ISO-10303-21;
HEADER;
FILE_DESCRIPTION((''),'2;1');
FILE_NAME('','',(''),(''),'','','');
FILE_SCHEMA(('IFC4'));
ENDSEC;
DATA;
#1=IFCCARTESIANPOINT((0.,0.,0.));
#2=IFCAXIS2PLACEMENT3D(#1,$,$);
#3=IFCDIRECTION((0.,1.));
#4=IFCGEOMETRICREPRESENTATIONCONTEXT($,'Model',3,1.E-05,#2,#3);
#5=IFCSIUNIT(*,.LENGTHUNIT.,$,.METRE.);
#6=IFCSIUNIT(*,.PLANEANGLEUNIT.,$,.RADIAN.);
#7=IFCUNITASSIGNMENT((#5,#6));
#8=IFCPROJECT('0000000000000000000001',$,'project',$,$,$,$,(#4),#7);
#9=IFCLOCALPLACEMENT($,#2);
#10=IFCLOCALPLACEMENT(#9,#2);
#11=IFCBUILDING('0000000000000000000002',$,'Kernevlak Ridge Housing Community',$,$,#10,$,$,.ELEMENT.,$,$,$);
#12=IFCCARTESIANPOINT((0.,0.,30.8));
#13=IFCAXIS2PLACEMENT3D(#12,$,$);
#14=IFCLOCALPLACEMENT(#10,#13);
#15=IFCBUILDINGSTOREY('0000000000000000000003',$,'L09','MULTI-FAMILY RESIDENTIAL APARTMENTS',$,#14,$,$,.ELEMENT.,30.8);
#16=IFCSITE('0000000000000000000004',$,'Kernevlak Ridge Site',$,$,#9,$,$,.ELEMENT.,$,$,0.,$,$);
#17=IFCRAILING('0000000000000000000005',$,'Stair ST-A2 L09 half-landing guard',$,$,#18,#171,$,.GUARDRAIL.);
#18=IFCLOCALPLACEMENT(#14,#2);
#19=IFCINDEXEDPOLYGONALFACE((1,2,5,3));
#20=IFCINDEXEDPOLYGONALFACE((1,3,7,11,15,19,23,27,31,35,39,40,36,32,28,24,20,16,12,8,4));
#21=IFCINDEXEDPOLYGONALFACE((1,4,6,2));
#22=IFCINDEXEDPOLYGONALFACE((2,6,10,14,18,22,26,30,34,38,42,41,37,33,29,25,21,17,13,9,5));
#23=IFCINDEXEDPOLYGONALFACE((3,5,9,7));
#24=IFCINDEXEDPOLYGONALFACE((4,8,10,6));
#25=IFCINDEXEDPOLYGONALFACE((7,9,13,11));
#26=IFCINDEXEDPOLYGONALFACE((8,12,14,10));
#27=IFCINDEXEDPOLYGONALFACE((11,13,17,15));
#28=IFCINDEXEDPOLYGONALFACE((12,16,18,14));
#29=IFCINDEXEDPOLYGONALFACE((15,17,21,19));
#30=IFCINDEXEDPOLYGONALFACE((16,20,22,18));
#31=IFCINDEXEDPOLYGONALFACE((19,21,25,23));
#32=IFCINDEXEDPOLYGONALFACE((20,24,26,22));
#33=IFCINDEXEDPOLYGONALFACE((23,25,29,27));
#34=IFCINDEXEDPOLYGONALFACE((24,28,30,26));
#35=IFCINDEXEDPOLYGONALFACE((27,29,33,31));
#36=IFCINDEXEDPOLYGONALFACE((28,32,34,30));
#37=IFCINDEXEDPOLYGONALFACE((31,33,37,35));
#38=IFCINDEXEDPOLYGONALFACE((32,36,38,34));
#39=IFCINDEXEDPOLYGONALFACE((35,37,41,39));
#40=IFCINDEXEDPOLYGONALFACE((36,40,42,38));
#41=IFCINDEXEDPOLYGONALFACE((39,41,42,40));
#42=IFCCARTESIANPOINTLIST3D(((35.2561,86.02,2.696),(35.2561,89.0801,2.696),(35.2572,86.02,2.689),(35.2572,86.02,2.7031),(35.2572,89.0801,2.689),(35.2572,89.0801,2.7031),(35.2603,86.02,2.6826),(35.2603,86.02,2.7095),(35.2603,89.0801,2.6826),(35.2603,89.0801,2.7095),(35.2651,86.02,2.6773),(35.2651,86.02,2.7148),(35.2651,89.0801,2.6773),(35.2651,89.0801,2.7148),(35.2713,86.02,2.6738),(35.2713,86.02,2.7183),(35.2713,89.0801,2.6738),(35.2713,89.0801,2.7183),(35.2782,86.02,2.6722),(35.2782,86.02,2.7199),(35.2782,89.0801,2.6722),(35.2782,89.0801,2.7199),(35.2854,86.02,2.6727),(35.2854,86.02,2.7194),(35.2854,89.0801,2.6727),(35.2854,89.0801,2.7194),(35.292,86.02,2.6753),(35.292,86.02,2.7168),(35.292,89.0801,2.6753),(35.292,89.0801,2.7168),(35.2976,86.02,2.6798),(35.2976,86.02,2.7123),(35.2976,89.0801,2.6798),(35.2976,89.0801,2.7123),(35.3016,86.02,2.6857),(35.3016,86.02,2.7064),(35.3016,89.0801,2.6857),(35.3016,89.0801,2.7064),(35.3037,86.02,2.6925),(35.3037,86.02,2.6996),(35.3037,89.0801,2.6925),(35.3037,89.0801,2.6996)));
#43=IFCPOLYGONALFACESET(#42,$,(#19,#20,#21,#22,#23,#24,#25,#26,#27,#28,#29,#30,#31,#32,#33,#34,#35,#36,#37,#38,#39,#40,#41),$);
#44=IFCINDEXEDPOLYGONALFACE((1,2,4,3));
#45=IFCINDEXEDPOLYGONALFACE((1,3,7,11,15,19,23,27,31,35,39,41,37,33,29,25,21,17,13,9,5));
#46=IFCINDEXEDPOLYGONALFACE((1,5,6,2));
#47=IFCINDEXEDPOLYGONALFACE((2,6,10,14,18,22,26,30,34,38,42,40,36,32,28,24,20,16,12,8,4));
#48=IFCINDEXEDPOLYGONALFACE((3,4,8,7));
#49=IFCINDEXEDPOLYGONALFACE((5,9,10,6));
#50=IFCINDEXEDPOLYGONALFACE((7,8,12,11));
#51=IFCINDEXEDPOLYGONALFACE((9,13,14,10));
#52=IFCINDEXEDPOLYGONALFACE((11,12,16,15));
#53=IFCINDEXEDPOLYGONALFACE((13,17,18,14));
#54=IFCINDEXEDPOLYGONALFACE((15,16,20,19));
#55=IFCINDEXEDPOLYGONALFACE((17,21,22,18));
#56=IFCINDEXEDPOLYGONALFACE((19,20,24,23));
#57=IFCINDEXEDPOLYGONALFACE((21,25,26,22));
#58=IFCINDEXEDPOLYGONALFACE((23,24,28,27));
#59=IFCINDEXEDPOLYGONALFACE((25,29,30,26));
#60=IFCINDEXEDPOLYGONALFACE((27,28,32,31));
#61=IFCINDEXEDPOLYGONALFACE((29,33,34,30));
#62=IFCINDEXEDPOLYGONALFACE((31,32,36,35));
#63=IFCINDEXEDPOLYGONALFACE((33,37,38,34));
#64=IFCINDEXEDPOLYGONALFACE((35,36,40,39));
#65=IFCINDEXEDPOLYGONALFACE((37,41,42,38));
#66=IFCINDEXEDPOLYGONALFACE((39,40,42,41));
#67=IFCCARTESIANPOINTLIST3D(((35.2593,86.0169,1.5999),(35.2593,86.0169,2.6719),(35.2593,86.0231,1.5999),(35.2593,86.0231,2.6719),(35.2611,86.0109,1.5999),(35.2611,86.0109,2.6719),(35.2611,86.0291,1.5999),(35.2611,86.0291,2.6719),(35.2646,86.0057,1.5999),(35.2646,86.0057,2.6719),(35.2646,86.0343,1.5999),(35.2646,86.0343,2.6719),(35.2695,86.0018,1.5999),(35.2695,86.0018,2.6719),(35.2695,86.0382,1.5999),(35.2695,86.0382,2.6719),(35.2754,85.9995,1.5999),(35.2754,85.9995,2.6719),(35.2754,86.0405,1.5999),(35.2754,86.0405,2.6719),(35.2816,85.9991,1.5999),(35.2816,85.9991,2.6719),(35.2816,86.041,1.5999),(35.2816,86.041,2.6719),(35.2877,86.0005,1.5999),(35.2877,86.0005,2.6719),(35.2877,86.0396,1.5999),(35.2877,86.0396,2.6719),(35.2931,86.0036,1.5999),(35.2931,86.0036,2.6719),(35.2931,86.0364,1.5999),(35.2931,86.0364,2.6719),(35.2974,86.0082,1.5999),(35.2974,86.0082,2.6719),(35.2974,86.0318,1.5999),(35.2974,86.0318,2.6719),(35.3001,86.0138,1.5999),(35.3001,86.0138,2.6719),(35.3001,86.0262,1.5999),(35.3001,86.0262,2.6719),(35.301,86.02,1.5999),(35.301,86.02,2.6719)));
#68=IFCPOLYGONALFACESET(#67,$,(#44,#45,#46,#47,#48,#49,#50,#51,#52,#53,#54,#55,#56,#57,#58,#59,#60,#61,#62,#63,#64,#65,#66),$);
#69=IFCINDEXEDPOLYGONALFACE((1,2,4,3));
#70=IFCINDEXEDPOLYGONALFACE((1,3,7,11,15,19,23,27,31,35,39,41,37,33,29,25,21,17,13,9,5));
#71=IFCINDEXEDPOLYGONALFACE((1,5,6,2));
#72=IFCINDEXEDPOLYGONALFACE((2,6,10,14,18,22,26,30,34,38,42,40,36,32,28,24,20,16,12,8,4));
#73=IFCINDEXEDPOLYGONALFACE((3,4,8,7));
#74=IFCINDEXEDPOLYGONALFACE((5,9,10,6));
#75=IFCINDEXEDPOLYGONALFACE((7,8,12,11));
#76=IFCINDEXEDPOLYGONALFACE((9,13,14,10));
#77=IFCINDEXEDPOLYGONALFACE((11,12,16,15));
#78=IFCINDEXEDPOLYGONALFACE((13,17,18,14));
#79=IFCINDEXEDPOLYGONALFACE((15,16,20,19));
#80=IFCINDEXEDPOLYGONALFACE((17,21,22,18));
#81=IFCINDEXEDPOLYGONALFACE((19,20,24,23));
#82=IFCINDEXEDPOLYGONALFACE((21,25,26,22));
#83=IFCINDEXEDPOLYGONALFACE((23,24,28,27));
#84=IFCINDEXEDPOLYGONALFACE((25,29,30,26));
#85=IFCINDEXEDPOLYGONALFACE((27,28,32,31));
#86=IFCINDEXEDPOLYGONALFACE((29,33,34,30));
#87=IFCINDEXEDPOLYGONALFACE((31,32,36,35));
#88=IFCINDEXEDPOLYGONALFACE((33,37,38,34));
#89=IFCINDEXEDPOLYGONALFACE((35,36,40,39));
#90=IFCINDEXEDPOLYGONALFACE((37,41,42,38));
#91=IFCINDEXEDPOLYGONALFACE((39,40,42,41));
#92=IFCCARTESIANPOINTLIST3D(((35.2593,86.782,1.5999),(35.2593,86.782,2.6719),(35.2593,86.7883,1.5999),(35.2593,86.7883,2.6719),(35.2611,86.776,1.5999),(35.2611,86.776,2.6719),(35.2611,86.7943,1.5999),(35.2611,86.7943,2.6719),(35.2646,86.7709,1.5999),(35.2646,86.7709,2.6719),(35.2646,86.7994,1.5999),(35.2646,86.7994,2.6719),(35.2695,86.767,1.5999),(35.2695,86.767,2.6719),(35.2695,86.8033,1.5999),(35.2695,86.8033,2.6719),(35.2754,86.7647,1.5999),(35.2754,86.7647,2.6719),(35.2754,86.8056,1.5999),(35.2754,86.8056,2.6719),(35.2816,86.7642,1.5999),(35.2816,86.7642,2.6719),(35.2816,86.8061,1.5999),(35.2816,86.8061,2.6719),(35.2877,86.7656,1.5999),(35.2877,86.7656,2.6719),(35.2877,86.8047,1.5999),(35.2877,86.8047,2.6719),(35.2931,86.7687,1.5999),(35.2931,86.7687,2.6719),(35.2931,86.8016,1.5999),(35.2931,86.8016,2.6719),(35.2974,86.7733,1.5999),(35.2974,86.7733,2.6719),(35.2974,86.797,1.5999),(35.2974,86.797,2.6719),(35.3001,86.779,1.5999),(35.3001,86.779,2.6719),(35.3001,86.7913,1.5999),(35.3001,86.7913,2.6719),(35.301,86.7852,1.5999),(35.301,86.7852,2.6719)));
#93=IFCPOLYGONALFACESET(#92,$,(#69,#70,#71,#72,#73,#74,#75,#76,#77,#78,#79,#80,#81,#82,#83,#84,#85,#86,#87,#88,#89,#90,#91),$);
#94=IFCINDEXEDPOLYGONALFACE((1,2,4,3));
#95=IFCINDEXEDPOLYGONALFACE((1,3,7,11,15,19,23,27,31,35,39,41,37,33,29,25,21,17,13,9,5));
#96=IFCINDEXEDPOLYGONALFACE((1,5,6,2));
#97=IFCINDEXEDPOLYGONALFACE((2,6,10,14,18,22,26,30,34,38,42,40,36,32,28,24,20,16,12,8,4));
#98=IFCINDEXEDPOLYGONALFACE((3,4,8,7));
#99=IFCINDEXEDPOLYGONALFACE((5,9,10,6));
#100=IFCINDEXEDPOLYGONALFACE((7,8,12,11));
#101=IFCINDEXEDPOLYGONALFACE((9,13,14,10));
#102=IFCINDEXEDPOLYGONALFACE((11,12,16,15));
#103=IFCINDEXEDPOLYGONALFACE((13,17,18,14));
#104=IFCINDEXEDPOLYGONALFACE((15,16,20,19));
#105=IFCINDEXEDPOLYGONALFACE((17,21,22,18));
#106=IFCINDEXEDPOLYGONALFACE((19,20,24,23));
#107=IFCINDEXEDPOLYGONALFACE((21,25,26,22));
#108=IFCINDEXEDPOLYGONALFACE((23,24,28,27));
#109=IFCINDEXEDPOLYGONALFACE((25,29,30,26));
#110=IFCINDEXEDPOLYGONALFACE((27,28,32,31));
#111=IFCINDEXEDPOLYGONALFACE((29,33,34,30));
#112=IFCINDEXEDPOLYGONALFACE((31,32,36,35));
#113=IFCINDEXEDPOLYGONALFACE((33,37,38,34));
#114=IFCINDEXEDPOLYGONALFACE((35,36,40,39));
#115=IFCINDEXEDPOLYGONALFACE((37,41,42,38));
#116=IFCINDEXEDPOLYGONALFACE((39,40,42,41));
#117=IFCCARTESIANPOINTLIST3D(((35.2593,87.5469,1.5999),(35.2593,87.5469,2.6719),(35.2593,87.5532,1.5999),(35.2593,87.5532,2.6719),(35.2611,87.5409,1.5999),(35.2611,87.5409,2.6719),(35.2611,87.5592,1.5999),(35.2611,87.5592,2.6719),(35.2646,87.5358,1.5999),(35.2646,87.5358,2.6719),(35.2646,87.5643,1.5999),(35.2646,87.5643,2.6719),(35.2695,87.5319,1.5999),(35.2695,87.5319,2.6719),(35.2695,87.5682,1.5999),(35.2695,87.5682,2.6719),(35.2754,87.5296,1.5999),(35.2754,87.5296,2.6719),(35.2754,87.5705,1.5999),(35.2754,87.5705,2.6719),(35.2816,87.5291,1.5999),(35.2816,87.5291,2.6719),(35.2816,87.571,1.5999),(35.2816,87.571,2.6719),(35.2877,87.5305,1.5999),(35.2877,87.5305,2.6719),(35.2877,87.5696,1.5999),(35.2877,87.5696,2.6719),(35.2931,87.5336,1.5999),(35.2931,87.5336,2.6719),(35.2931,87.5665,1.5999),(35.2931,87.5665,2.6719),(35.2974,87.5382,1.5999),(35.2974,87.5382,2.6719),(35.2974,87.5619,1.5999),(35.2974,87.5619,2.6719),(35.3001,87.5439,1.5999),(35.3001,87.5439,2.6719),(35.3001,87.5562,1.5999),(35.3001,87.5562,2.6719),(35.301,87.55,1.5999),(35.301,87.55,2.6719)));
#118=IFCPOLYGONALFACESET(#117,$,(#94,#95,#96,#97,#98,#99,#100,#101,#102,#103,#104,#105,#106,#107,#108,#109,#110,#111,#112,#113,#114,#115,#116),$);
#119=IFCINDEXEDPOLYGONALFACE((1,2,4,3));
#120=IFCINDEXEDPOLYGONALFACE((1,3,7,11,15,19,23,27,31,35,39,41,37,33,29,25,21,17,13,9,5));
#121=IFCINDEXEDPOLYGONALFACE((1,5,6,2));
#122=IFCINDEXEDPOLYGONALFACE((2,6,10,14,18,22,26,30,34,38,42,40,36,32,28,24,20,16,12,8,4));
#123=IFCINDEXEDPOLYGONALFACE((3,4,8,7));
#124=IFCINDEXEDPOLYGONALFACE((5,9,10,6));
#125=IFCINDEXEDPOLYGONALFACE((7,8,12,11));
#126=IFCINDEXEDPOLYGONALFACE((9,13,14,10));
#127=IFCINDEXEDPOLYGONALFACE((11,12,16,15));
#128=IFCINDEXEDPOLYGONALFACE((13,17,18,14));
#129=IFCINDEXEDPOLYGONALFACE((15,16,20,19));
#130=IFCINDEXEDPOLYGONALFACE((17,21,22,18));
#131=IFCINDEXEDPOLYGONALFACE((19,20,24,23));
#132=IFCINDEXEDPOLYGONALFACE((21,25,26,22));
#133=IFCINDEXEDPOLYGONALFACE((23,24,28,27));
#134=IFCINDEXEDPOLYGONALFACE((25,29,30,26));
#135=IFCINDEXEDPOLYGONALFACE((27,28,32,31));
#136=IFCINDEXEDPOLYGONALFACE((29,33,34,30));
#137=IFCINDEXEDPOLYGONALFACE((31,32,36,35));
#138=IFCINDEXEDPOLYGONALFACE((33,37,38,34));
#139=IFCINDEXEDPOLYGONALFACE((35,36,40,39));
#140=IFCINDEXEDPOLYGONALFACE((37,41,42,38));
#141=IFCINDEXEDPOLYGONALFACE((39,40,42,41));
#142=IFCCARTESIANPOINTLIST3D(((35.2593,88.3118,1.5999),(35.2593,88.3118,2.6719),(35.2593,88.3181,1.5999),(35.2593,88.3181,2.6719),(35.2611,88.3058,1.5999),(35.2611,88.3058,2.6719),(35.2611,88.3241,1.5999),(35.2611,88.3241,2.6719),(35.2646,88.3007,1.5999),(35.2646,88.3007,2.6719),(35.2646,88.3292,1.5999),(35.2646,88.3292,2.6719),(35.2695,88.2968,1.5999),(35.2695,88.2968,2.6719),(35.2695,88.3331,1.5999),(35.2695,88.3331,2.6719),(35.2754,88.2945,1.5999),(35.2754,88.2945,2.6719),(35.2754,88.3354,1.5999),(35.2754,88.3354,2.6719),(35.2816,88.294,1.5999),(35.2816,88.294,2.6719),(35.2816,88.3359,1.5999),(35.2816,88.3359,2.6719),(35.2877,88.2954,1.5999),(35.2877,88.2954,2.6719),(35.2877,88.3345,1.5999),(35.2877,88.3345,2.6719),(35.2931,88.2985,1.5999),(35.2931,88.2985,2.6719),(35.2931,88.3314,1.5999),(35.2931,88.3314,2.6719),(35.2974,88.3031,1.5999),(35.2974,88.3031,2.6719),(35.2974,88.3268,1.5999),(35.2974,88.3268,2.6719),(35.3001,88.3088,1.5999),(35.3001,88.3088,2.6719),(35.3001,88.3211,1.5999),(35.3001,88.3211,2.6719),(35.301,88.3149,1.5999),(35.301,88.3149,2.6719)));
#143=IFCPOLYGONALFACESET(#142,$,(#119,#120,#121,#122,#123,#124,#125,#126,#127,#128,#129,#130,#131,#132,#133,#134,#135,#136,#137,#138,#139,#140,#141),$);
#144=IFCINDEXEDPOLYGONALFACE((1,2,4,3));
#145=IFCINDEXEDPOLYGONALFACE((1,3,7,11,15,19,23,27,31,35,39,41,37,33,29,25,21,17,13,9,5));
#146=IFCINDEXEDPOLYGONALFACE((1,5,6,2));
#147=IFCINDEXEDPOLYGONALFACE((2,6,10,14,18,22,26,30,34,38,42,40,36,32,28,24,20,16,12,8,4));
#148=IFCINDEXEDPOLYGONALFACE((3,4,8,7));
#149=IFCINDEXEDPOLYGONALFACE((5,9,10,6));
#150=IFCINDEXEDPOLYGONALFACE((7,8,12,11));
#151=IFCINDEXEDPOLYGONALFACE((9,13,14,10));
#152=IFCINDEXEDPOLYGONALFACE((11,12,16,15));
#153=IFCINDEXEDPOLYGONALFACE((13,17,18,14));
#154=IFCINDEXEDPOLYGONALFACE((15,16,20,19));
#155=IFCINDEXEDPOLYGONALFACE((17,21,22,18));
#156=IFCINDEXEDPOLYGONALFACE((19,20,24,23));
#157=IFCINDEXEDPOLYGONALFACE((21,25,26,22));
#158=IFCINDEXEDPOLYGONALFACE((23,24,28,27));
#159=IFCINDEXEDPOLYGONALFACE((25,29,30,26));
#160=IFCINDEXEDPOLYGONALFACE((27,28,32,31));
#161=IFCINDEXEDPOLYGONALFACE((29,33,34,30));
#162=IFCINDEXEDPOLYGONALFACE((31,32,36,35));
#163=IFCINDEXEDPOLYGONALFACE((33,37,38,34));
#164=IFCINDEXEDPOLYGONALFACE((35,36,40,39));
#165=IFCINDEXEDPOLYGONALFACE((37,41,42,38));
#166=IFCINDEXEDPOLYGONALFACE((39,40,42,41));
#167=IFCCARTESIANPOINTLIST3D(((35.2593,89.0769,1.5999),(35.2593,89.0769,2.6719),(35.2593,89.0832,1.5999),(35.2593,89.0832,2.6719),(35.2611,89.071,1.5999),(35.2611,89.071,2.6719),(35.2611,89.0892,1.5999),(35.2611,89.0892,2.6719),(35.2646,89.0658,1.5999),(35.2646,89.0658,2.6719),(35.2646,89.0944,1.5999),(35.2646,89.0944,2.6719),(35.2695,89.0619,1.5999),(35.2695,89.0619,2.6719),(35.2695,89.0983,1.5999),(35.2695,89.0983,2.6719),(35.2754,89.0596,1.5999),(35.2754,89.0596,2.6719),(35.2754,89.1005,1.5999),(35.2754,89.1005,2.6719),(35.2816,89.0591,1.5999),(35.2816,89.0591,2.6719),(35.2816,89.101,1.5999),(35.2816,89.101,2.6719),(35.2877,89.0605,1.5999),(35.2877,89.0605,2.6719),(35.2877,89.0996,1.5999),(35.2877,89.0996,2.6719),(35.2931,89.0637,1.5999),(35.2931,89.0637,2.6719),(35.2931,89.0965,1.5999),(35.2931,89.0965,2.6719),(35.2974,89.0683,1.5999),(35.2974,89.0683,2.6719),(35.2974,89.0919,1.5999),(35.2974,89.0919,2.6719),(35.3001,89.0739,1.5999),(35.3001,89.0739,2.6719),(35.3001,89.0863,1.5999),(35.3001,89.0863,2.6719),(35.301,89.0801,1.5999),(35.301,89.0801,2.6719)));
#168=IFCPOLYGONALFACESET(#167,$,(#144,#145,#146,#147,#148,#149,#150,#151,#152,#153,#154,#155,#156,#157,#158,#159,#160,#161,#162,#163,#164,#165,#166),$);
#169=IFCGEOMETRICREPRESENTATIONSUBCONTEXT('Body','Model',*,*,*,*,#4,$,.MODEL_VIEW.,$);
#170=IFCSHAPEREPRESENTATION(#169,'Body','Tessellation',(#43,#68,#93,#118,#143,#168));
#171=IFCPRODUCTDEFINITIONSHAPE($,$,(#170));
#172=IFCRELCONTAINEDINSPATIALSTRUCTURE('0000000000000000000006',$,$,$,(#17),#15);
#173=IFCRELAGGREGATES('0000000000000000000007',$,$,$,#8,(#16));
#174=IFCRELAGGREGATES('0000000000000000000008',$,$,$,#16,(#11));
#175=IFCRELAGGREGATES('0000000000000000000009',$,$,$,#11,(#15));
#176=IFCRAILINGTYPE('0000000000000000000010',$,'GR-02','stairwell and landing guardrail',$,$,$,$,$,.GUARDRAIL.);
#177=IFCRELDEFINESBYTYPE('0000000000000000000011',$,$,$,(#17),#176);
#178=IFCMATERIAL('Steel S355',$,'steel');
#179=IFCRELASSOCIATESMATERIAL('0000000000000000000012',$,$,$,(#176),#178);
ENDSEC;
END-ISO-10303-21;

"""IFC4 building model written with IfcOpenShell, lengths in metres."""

from ifc_helpers import new_model, si_unit, direction, frame, origin, origin_2d, place, context, subcontext, project, spatial, circle, extrude, material, type_object, element, save


model = new_model("IFC4")

# Units and contexts
model_context = context("Model", 3, precision=1e-05, world=origin(), true_north=direction((0.0, 1.0)))
body_context = subcontext(model_context, "Body", "Model", "MODEL_VIEW")
ifc_project = project(units=[si_unit("LENGTHUNIT", "METRE"), si_unit("PLANEANGLEUNIT", "RADIAN")], contexts=[model_context])

# Site, building, storey
site_placement = place(None, origin())
site = spatial("IfcSite", under=ifc_project, at=site_placement, Name="Kernevlak Ridge Site", CompositionType="ELEMENT", RefElevation=0.0)
building_placement = place(site_placement, origin())
building = spatial("IfcBuilding", under=site, at=building_placement, Name="Kernevlak Ridge Housing Community", CompositionType="ELEMENT")
storey_placement = place(building_placement, frame((0.0, 0.0, 30.8)))
storey = spatial("IfcBuildingStorey", under=building, at=storey_placement, Name="L09", Description="MULTI-FAMILY RESIDENTIAL APARTMENTS", CompositionType="ELEMENT", Elevation=30.8)

# Railing
ifc_material_1 = material(Name="Steel S355", Category="steel")
railing_type_1 = type_object("IfcRailingType", Name="GR-02", Description="stairwell and landing guardrail", PredefinedType="GUARDRAIL", material=ifc_material_1)
railing_1_placement = place(storey_placement, frame((35.28, 86.02, 1.5999)))
element("IfcRailing", 1, at=railing_1_placement, inside=storey, type_object=railing_type_1, Name="Stair ST-A2 L09 half-landing guard", PredefinedType="GUARDRAIL", context=body_context, shape_type="SweptSolid", body=[
    extrude(circle(Radius=0.0239, at=origin_2d()), frame((0.0, 0.0, 1.0962), z_axis=(0.0, 1.0, 0.0), x_axis=(-1.0, 0.0, 0.0)), (0.0, 0.0, 1.0), 3.0601),
    extrude(circle(Radius=0.021, at=origin_2d()), origin(), (0.0, 0.0, 1.0), 1.072),
    extrude(circle(Radius=0.021, at=origin_2d()), frame((0.0, 0.7651, 0.0)), (0.0, 0.0, 1.0), 1.072),
    extrude(circle(Radius=0.021, at=origin_2d()), frame((0.0, 1.53, 0.0)), (0.0, 0.0, 1.0), 1.072),
    extrude(circle(Radius=0.021, at=origin_2d()), frame((0.0, 2.2949, 0.0)), (0.0, 0.0, 1.0), 1.072),
    extrude(circle(Radius=0.021, at=origin_2d()), frame((0.0, 3.0601, 0.0)), (0.0, 0.0, 1.0), 1.072),
])

save(model, "model.ifc")
